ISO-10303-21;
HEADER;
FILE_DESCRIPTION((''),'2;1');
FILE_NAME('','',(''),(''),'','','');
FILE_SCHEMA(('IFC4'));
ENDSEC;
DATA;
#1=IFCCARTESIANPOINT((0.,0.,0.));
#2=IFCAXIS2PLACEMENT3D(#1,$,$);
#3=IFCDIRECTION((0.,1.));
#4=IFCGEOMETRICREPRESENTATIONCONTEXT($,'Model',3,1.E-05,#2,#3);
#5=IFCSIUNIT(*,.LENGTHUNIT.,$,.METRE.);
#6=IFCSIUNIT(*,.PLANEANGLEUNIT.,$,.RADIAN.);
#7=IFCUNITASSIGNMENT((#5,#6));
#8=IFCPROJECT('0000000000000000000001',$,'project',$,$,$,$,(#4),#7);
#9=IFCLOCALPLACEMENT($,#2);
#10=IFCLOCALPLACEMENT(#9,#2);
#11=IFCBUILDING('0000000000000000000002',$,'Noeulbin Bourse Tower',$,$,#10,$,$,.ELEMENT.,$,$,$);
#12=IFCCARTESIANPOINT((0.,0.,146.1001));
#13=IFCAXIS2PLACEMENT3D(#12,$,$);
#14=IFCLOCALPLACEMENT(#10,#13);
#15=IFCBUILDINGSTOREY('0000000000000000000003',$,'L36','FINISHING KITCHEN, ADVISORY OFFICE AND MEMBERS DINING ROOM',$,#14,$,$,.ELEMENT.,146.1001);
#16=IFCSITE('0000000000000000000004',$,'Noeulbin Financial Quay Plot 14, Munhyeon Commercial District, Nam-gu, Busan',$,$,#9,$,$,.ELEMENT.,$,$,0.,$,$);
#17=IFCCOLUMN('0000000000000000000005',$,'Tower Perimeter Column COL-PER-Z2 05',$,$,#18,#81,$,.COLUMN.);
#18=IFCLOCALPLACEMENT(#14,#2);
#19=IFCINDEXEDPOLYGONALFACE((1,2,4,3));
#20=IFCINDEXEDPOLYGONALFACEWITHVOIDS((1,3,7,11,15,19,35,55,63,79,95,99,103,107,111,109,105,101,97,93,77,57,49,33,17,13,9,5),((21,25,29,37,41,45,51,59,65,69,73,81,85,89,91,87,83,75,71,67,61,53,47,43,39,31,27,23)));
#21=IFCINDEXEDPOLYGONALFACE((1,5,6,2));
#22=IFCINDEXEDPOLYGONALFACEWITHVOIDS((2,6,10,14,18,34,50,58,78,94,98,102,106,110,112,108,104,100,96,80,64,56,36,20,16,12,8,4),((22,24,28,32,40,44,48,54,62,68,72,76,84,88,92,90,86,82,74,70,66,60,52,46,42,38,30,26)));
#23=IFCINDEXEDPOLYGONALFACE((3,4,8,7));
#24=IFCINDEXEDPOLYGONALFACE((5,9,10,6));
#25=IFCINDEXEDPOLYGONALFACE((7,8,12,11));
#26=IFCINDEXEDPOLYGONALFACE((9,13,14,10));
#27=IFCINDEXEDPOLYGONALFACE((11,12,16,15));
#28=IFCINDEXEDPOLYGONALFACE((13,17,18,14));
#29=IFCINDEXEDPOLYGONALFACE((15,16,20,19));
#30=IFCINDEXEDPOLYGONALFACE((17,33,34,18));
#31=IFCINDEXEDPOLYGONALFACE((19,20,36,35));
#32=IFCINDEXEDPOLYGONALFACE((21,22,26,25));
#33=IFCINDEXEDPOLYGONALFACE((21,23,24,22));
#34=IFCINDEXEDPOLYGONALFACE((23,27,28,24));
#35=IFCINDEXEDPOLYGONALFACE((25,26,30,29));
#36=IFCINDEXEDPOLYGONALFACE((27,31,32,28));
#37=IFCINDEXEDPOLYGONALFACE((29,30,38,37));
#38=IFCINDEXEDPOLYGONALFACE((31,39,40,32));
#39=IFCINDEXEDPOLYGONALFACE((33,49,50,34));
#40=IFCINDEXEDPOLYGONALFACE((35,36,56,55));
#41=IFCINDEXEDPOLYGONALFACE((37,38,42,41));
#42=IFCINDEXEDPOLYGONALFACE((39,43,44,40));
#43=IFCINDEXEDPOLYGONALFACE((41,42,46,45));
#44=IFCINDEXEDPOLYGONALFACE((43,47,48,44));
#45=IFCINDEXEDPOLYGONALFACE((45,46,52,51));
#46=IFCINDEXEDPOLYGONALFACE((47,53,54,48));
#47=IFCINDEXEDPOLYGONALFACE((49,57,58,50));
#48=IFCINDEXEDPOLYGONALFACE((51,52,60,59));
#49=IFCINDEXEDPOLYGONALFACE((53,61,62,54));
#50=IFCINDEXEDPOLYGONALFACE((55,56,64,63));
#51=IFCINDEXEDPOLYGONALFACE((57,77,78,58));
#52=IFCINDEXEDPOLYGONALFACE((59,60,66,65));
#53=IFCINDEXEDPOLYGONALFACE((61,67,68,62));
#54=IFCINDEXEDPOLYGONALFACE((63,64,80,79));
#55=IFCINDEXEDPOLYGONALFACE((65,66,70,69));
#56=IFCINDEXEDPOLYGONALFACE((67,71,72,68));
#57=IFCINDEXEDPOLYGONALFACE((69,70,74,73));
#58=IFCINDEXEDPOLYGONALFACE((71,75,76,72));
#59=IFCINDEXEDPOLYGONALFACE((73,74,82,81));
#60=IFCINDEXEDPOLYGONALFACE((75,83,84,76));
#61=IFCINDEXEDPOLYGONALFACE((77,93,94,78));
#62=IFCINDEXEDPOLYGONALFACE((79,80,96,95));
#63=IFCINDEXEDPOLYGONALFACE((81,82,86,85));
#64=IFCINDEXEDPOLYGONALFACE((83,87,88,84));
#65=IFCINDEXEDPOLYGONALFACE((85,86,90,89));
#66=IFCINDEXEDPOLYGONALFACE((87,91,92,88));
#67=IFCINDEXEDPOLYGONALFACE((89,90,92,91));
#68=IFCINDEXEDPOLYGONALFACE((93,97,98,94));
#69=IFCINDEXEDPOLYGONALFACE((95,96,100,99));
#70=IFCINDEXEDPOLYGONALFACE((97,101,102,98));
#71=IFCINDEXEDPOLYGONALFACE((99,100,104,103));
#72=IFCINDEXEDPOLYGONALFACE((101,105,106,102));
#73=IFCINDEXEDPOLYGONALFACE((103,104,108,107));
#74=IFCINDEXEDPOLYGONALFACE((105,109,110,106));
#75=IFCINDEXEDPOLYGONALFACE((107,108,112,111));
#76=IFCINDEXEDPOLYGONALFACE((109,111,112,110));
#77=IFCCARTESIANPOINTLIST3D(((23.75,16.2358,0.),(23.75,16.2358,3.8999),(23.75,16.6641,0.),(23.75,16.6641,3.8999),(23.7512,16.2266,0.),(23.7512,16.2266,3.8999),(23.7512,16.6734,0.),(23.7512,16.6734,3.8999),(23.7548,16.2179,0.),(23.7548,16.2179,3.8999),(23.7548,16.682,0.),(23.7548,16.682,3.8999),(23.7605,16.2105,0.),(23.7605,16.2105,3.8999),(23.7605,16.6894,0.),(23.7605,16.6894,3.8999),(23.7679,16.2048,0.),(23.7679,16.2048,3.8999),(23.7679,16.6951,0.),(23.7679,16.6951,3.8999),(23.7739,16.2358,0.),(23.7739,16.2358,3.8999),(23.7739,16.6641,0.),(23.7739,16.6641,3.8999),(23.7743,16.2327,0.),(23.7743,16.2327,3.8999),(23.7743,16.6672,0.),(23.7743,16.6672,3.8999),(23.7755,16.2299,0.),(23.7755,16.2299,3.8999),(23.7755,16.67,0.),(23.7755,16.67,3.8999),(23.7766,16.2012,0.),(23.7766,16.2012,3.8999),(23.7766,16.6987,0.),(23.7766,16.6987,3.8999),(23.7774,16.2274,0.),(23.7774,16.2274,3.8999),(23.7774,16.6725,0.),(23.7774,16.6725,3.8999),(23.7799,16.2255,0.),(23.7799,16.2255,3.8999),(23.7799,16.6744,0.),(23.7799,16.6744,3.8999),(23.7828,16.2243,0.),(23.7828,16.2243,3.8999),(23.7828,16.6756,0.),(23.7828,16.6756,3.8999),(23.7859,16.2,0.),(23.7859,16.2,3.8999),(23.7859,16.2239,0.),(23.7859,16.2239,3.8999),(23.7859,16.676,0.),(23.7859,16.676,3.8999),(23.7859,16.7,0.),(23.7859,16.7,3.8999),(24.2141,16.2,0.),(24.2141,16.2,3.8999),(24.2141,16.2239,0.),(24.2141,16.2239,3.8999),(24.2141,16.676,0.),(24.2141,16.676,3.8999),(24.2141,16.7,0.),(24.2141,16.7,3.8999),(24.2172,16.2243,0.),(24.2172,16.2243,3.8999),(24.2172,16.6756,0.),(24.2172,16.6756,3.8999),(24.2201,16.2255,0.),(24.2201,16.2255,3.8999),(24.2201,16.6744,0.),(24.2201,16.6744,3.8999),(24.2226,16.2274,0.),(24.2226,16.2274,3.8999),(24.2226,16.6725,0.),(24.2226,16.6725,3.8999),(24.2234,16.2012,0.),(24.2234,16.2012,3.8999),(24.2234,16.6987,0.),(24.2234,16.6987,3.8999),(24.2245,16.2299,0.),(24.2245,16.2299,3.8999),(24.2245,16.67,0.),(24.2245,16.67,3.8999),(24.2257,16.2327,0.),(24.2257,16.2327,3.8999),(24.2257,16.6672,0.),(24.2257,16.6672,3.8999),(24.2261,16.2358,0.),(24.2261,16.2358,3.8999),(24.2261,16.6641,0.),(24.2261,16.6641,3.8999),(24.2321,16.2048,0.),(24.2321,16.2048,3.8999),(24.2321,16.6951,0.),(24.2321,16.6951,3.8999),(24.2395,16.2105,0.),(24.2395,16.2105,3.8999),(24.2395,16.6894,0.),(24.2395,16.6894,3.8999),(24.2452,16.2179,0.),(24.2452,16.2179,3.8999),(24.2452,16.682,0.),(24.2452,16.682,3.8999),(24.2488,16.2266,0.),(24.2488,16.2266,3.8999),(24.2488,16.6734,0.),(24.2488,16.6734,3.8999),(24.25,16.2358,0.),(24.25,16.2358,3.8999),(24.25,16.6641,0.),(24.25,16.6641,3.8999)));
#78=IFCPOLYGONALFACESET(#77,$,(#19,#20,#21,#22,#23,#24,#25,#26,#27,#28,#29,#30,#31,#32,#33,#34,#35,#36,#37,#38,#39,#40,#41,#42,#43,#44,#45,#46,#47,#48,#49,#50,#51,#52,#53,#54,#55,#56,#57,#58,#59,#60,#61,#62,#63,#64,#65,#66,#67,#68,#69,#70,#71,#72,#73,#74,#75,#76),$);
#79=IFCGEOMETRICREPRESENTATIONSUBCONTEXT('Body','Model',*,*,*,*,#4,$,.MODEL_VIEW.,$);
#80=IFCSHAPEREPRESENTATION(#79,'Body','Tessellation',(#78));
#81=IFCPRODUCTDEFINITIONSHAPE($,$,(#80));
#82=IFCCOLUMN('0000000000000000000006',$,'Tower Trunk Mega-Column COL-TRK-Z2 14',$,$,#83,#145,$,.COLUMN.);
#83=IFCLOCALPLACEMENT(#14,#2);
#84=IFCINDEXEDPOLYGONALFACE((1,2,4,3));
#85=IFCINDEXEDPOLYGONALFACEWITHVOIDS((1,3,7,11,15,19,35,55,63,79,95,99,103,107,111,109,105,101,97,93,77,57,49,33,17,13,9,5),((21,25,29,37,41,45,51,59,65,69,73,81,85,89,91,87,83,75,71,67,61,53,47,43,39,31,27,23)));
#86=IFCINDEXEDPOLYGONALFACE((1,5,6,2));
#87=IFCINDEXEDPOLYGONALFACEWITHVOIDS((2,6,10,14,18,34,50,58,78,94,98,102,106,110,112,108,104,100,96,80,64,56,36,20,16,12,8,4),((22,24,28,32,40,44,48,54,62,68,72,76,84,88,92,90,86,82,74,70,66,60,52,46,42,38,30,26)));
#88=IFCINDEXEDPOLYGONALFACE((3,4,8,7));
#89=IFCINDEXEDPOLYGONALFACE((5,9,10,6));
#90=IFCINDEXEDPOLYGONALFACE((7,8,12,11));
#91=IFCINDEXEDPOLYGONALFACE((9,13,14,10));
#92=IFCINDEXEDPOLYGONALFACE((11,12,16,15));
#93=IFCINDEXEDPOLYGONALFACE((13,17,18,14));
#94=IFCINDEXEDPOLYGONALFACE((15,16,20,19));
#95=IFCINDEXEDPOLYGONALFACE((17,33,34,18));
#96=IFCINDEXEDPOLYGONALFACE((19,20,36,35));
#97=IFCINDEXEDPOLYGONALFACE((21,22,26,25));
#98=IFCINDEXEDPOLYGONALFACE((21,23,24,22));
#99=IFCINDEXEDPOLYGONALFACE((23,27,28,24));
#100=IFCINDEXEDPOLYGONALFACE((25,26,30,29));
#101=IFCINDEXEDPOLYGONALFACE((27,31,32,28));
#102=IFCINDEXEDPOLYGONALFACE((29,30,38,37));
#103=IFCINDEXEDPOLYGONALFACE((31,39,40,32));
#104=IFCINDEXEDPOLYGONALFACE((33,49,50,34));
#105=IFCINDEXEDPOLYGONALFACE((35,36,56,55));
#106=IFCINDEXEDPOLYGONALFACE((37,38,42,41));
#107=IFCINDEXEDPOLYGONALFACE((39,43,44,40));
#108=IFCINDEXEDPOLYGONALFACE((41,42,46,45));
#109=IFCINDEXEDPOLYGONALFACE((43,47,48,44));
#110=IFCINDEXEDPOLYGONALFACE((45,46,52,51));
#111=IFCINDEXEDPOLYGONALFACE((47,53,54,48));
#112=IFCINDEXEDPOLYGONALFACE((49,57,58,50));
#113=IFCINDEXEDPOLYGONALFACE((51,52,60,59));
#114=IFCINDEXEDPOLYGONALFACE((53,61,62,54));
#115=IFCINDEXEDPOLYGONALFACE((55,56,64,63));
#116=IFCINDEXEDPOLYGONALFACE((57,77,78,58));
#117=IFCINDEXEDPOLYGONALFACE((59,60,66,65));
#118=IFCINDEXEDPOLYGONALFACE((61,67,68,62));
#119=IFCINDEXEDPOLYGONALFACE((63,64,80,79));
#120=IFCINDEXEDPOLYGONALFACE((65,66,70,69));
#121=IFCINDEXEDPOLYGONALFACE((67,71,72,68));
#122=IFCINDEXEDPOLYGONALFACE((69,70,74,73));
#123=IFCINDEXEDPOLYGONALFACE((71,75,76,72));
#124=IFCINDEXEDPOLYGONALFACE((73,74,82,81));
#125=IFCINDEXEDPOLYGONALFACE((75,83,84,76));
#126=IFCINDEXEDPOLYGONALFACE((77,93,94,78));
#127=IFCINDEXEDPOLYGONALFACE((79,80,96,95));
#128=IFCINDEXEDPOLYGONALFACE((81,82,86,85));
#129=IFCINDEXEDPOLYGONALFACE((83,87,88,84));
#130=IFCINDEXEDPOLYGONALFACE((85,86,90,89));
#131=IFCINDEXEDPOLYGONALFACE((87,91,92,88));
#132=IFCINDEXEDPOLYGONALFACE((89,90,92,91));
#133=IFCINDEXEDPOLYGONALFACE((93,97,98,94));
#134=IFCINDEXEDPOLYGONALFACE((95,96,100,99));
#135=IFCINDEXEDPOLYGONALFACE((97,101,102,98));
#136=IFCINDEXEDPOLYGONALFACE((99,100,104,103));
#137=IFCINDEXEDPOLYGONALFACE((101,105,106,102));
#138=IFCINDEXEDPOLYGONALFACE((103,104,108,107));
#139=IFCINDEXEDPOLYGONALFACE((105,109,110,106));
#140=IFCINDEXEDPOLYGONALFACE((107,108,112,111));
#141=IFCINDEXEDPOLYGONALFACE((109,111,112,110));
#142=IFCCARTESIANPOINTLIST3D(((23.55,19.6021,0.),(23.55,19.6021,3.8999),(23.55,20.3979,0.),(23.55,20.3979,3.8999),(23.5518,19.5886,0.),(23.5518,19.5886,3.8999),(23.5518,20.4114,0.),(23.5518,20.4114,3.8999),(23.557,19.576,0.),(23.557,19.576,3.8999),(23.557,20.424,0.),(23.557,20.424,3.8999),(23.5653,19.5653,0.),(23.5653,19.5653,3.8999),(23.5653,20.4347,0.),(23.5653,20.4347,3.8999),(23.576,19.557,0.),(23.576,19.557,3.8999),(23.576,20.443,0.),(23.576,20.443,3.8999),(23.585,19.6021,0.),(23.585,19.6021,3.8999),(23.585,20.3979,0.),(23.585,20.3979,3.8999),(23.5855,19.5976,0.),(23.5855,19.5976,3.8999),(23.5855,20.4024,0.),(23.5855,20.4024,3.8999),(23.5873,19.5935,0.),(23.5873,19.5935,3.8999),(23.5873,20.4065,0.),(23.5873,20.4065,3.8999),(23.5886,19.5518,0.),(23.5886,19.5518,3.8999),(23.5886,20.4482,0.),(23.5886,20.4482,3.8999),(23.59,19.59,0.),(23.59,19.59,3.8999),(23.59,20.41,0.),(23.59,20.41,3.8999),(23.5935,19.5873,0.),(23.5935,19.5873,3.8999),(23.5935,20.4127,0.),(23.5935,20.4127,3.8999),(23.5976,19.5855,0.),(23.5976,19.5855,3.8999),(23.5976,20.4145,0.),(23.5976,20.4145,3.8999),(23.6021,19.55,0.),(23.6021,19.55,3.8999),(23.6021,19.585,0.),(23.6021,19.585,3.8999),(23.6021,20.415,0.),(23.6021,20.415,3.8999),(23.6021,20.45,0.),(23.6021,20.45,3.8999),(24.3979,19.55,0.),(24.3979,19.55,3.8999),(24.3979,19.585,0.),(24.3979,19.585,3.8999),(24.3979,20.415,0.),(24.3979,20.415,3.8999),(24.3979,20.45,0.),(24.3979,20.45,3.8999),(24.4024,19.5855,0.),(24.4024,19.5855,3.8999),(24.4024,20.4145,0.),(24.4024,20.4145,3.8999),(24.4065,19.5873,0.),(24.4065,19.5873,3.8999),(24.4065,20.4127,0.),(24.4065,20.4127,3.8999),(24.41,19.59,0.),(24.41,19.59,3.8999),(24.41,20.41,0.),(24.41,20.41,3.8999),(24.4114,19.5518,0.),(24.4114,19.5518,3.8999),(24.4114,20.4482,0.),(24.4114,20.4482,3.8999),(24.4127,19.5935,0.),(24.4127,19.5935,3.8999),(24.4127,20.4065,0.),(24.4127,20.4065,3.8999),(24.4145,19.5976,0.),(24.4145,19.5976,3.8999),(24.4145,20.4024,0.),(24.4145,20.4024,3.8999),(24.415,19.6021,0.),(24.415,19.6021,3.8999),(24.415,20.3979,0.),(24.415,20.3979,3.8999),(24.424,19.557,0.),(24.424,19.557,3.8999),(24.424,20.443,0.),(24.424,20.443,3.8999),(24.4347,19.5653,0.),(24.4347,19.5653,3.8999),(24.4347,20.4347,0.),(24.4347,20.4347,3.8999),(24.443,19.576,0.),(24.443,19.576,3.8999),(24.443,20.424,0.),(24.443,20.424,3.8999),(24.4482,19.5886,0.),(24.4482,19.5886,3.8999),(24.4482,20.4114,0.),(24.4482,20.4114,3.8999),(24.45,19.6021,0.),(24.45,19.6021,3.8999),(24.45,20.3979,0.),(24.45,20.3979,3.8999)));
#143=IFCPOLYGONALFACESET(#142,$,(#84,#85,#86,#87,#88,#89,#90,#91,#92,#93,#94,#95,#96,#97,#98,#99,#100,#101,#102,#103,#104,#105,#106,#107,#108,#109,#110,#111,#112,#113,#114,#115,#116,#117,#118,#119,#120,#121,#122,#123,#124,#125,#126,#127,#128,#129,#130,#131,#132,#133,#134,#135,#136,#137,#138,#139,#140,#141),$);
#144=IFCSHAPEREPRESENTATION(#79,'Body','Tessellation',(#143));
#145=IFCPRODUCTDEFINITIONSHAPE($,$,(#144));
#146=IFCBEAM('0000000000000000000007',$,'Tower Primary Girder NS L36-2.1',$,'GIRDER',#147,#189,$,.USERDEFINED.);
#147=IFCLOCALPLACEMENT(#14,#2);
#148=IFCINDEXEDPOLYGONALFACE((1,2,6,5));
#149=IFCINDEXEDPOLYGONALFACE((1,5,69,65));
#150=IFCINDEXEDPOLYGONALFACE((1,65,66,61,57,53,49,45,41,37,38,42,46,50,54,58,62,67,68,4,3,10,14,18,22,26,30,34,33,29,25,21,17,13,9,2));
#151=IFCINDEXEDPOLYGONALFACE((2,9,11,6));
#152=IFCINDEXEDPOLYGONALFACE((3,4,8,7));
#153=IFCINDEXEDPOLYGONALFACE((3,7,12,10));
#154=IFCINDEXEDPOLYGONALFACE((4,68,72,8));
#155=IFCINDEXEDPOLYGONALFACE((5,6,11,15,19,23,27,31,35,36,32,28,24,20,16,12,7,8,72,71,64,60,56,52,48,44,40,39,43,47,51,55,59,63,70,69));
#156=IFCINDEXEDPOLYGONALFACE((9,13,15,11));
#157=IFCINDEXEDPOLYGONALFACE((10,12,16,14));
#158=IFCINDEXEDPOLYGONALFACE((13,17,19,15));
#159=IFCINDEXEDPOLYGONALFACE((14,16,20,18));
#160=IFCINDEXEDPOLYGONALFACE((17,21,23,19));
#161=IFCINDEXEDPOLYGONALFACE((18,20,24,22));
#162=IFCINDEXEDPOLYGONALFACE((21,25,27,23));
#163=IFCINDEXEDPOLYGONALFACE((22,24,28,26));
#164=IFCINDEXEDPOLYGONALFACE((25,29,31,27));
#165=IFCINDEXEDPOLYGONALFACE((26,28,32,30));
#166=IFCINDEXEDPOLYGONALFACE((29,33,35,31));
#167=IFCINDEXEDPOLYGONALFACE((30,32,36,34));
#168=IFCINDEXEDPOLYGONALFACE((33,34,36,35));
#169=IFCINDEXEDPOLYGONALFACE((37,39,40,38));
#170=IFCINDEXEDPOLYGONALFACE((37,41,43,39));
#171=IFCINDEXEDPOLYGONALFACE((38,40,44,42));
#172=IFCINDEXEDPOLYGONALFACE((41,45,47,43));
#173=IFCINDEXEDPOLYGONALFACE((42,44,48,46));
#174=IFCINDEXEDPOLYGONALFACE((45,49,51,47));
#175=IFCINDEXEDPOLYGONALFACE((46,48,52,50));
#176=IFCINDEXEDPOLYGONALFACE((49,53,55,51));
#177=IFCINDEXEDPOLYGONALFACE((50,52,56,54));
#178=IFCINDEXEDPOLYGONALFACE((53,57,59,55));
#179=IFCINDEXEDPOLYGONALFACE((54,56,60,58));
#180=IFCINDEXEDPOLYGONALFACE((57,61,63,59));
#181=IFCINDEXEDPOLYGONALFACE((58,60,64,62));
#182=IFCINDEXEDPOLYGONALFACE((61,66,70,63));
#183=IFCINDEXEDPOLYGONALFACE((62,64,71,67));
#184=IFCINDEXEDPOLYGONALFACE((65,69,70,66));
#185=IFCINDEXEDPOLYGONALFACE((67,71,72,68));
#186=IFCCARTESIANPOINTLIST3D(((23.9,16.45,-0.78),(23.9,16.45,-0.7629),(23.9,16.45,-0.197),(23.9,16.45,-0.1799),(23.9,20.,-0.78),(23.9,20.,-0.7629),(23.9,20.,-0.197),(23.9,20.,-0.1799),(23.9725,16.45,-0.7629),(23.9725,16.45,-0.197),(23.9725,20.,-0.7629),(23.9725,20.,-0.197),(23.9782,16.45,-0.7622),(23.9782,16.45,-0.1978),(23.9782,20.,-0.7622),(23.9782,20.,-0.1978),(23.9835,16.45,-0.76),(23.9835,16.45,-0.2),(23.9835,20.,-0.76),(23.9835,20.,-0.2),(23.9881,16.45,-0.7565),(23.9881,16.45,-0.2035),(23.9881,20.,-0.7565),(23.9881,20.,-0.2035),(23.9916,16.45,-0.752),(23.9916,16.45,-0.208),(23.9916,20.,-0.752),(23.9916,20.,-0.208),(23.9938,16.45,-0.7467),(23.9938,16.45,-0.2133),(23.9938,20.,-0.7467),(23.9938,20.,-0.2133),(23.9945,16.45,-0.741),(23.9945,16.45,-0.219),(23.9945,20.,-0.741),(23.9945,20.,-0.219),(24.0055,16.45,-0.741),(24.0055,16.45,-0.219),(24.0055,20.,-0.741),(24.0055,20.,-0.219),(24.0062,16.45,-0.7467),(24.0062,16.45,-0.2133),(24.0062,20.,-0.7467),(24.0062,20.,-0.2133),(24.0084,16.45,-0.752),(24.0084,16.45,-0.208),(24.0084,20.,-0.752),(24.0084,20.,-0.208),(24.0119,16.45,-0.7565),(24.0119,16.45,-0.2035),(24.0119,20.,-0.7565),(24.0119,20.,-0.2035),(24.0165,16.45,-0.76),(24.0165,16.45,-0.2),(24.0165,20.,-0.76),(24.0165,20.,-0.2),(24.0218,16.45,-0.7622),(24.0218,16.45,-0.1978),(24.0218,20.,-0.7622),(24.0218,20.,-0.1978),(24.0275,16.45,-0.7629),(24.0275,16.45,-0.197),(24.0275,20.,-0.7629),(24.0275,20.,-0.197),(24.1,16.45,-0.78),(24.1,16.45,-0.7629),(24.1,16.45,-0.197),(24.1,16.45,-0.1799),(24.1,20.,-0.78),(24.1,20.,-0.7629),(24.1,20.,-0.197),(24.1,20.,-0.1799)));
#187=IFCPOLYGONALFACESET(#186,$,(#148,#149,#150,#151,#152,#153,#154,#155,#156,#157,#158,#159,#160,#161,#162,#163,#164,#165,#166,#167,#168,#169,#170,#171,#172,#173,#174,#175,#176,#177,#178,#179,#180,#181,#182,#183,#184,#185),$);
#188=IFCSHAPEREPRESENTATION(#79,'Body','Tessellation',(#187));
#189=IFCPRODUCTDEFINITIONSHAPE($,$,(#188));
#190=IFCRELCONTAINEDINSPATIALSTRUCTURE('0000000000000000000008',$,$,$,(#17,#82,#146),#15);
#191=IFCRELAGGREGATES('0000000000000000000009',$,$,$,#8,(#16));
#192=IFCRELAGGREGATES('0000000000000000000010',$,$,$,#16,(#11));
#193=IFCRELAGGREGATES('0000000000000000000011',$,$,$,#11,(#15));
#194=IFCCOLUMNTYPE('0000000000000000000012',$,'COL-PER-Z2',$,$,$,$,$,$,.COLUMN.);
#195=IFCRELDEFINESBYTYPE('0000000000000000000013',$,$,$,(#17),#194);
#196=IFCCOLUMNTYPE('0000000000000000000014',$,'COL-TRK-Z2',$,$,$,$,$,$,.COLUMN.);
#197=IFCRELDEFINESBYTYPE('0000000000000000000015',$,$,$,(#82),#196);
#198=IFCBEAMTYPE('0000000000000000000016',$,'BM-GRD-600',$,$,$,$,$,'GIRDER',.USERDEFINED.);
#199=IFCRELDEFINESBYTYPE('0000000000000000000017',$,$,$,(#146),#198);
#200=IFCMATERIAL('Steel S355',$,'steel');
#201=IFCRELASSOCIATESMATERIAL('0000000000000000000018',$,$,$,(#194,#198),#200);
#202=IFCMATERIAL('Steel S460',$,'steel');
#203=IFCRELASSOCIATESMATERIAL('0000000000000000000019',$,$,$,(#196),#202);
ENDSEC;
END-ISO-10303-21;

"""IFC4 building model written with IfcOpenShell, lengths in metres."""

from ifc_helpers import new_model, si_unit, direction, frame, origin, origin_2d, place, context, subcontext, project, spatial, hollow_rectangle, i_section, extrude, material, material_profile, profile_set, type_object, element, save


model = new_model("IFC4")

# Units and contexts
model_context = context("Model", 3, precision=1e-05, world=origin(), true_north=direction((0.0, 1.0)))
body_context = subcontext(model_context, "Body", "Model", "MODEL_VIEW")
ifc_project = project(units=[si_unit("LENGTHUNIT", "METRE"), si_unit("PLANEANGLEUNIT", "RADIAN")], contexts=[model_context])

# Site, building, storey
site_placement = place(None, origin())
site = spatial("IfcSite", under=ifc_project, at=site_placement, Name="Noeulbin Financial Quay Plot 14, Munhyeon Commercial District, Nam-gu, Busan", CompositionType="ELEMENT", RefElevation=0.0)
building_placement = place(site_placement, origin())
building = spatial("IfcBuilding", under=site, at=building_placement, Name="Noeulbin Bourse Tower", CompositionType="ELEMENT")
storey_placement = place(building_placement, frame((0.0, 0.0, 146.1001)))
storey = spatial("IfcBuildingStorey", under=building, at=storey_placement, Name="L36", Description="FINISHING KITCHEN, ADVISORY OFFICE AND MEMBERS DINING ROOM", CompositionType="ELEMENT", Elevation=146.1001)

# Columns
ifc_material_1 = material(Name="Steel S355", Category="steel")
ifc_material_profile_1 = material_profile(ifc_material_1, hollow_rectangle(XDim=0.5, YDim=0.5, WallThickness=0.0239, InnerFilletRadius=0.012, OuterFilletRadius=0.0359, at=origin_2d()), Name="BOX-500x500x24", Category="LoadBearing")
ifc_profile_set_1 = profile_set([ifc_material_profile_1], Name="Steel S355")
column_type_1 = type_object("IfcColumnType", Name="COL-PER-Z2", PredefinedType="COLUMN", material=ifc_profile_set_1)
column_1_placement = place(storey_placement, frame((24.0, 16.45, 0.0), z_axis=(0.0, 0.0, 1.0), x_axis=(1.0, 0.0, 0.0)))
element("IfcColumn", 1, at=column_1_placement, inside=storey, type_object=column_type_1, Name="Tower Perimeter Column COL-PER-Z2 05", PredefinedType="COLUMN", context=body_context, shape_type="SweptSolid", body=[
    extrude(hollow_rectangle(XDim=0.5, YDim=0.5, WallThickness=0.0239, InnerFilletRadius=0.012, OuterFilletRadius=0.0359, at=origin_2d()), origin(), (0.0, 0.0, 1.0), 3.8999),
])
ifc_material_2 = material(Name="Steel S460", Category="steel")
ifc_material_profile_2 = material_profile(ifc_material_2, hollow_rectangle(XDim=0.8999, YDim=0.8999, WallThickness=0.0349, InnerFilletRadius=0.0171, OuterFilletRadius=0.052, at=origin_2d()), Name="BOX-900x900x35", Category="LoadBearing")
ifc_profile_set_2 = profile_set([ifc_material_profile_2], Name="Steel S460")
column_type_2 = type_object("IfcColumnType", Name="COL-TRK-Z2", PredefinedType="COLUMN", material=ifc_profile_set_2)
column_2_placement = place(storey_placement, frame((24.0, 20.0, 0.0), z_axis=(0.0, 0.0, 1.0), x_axis=(1.0, 0.0, 0.0)))
element("IfcColumn", 2, at=column_2_placement, inside=storey, type_object=column_type_2, Name="Tower Trunk Mega-Column COL-TRK-Z2 14", PredefinedType="COLUMN", context=body_context, shape_type="SweptSolid", body=[
    extrude(hollow_rectangle(XDim=0.8999, YDim=0.8999, WallThickness=0.0349, InnerFilletRadius=0.0171, OuterFilletRadius=0.052, at=origin_2d()), origin(), (0.0, 0.0, 1.0), 3.8999),
])

# Beam
ifc_material_profile_3 = material_profile(ifc_material_1, i_section(OverallWidth=0.2, OverallDepth=0.6001, WebThickness=0.011, FlangeThickness=0.0171, FilletRadius=0.022, at=origin_2d()), Name="H-600x200x11x17", Category="LoadBearing")
ifc_profile_set_3 = profile_set([ifc_material_profile_3], Name="Steel S355")
beam_type_1 = type_object("IfcBeamType", Name="BM-GRD-600", ElementType="GIRDER", PredefinedType="USERDEFINED", material=ifc_profile_set_3)
beam_1_placement = place(storey_placement, frame((24.0, 16.45, -0.48), z_axis=(0.0, 1.0, 0.0), x_axis=(-1.0, 0.0, 0.0)))
element("IfcBeam", 3, at=beam_1_placement, inside=storey, type_object=beam_type_1, Name="Tower Primary Girder NS L36-2.1", ObjectType="GIRDER", PredefinedType="USERDEFINED", context=body_context, shape_type="SweptSolid", body=[
    extrude(i_section(OverallWidth=0.2, OverallDepth=0.6001, WebThickness=0.011, FlangeThickness=0.0171, FilletRadius=0.022, at=origin_2d()), origin(), (0.0, 0.0, 1.0), 3.55),
])

save(model, "model.ifc")
